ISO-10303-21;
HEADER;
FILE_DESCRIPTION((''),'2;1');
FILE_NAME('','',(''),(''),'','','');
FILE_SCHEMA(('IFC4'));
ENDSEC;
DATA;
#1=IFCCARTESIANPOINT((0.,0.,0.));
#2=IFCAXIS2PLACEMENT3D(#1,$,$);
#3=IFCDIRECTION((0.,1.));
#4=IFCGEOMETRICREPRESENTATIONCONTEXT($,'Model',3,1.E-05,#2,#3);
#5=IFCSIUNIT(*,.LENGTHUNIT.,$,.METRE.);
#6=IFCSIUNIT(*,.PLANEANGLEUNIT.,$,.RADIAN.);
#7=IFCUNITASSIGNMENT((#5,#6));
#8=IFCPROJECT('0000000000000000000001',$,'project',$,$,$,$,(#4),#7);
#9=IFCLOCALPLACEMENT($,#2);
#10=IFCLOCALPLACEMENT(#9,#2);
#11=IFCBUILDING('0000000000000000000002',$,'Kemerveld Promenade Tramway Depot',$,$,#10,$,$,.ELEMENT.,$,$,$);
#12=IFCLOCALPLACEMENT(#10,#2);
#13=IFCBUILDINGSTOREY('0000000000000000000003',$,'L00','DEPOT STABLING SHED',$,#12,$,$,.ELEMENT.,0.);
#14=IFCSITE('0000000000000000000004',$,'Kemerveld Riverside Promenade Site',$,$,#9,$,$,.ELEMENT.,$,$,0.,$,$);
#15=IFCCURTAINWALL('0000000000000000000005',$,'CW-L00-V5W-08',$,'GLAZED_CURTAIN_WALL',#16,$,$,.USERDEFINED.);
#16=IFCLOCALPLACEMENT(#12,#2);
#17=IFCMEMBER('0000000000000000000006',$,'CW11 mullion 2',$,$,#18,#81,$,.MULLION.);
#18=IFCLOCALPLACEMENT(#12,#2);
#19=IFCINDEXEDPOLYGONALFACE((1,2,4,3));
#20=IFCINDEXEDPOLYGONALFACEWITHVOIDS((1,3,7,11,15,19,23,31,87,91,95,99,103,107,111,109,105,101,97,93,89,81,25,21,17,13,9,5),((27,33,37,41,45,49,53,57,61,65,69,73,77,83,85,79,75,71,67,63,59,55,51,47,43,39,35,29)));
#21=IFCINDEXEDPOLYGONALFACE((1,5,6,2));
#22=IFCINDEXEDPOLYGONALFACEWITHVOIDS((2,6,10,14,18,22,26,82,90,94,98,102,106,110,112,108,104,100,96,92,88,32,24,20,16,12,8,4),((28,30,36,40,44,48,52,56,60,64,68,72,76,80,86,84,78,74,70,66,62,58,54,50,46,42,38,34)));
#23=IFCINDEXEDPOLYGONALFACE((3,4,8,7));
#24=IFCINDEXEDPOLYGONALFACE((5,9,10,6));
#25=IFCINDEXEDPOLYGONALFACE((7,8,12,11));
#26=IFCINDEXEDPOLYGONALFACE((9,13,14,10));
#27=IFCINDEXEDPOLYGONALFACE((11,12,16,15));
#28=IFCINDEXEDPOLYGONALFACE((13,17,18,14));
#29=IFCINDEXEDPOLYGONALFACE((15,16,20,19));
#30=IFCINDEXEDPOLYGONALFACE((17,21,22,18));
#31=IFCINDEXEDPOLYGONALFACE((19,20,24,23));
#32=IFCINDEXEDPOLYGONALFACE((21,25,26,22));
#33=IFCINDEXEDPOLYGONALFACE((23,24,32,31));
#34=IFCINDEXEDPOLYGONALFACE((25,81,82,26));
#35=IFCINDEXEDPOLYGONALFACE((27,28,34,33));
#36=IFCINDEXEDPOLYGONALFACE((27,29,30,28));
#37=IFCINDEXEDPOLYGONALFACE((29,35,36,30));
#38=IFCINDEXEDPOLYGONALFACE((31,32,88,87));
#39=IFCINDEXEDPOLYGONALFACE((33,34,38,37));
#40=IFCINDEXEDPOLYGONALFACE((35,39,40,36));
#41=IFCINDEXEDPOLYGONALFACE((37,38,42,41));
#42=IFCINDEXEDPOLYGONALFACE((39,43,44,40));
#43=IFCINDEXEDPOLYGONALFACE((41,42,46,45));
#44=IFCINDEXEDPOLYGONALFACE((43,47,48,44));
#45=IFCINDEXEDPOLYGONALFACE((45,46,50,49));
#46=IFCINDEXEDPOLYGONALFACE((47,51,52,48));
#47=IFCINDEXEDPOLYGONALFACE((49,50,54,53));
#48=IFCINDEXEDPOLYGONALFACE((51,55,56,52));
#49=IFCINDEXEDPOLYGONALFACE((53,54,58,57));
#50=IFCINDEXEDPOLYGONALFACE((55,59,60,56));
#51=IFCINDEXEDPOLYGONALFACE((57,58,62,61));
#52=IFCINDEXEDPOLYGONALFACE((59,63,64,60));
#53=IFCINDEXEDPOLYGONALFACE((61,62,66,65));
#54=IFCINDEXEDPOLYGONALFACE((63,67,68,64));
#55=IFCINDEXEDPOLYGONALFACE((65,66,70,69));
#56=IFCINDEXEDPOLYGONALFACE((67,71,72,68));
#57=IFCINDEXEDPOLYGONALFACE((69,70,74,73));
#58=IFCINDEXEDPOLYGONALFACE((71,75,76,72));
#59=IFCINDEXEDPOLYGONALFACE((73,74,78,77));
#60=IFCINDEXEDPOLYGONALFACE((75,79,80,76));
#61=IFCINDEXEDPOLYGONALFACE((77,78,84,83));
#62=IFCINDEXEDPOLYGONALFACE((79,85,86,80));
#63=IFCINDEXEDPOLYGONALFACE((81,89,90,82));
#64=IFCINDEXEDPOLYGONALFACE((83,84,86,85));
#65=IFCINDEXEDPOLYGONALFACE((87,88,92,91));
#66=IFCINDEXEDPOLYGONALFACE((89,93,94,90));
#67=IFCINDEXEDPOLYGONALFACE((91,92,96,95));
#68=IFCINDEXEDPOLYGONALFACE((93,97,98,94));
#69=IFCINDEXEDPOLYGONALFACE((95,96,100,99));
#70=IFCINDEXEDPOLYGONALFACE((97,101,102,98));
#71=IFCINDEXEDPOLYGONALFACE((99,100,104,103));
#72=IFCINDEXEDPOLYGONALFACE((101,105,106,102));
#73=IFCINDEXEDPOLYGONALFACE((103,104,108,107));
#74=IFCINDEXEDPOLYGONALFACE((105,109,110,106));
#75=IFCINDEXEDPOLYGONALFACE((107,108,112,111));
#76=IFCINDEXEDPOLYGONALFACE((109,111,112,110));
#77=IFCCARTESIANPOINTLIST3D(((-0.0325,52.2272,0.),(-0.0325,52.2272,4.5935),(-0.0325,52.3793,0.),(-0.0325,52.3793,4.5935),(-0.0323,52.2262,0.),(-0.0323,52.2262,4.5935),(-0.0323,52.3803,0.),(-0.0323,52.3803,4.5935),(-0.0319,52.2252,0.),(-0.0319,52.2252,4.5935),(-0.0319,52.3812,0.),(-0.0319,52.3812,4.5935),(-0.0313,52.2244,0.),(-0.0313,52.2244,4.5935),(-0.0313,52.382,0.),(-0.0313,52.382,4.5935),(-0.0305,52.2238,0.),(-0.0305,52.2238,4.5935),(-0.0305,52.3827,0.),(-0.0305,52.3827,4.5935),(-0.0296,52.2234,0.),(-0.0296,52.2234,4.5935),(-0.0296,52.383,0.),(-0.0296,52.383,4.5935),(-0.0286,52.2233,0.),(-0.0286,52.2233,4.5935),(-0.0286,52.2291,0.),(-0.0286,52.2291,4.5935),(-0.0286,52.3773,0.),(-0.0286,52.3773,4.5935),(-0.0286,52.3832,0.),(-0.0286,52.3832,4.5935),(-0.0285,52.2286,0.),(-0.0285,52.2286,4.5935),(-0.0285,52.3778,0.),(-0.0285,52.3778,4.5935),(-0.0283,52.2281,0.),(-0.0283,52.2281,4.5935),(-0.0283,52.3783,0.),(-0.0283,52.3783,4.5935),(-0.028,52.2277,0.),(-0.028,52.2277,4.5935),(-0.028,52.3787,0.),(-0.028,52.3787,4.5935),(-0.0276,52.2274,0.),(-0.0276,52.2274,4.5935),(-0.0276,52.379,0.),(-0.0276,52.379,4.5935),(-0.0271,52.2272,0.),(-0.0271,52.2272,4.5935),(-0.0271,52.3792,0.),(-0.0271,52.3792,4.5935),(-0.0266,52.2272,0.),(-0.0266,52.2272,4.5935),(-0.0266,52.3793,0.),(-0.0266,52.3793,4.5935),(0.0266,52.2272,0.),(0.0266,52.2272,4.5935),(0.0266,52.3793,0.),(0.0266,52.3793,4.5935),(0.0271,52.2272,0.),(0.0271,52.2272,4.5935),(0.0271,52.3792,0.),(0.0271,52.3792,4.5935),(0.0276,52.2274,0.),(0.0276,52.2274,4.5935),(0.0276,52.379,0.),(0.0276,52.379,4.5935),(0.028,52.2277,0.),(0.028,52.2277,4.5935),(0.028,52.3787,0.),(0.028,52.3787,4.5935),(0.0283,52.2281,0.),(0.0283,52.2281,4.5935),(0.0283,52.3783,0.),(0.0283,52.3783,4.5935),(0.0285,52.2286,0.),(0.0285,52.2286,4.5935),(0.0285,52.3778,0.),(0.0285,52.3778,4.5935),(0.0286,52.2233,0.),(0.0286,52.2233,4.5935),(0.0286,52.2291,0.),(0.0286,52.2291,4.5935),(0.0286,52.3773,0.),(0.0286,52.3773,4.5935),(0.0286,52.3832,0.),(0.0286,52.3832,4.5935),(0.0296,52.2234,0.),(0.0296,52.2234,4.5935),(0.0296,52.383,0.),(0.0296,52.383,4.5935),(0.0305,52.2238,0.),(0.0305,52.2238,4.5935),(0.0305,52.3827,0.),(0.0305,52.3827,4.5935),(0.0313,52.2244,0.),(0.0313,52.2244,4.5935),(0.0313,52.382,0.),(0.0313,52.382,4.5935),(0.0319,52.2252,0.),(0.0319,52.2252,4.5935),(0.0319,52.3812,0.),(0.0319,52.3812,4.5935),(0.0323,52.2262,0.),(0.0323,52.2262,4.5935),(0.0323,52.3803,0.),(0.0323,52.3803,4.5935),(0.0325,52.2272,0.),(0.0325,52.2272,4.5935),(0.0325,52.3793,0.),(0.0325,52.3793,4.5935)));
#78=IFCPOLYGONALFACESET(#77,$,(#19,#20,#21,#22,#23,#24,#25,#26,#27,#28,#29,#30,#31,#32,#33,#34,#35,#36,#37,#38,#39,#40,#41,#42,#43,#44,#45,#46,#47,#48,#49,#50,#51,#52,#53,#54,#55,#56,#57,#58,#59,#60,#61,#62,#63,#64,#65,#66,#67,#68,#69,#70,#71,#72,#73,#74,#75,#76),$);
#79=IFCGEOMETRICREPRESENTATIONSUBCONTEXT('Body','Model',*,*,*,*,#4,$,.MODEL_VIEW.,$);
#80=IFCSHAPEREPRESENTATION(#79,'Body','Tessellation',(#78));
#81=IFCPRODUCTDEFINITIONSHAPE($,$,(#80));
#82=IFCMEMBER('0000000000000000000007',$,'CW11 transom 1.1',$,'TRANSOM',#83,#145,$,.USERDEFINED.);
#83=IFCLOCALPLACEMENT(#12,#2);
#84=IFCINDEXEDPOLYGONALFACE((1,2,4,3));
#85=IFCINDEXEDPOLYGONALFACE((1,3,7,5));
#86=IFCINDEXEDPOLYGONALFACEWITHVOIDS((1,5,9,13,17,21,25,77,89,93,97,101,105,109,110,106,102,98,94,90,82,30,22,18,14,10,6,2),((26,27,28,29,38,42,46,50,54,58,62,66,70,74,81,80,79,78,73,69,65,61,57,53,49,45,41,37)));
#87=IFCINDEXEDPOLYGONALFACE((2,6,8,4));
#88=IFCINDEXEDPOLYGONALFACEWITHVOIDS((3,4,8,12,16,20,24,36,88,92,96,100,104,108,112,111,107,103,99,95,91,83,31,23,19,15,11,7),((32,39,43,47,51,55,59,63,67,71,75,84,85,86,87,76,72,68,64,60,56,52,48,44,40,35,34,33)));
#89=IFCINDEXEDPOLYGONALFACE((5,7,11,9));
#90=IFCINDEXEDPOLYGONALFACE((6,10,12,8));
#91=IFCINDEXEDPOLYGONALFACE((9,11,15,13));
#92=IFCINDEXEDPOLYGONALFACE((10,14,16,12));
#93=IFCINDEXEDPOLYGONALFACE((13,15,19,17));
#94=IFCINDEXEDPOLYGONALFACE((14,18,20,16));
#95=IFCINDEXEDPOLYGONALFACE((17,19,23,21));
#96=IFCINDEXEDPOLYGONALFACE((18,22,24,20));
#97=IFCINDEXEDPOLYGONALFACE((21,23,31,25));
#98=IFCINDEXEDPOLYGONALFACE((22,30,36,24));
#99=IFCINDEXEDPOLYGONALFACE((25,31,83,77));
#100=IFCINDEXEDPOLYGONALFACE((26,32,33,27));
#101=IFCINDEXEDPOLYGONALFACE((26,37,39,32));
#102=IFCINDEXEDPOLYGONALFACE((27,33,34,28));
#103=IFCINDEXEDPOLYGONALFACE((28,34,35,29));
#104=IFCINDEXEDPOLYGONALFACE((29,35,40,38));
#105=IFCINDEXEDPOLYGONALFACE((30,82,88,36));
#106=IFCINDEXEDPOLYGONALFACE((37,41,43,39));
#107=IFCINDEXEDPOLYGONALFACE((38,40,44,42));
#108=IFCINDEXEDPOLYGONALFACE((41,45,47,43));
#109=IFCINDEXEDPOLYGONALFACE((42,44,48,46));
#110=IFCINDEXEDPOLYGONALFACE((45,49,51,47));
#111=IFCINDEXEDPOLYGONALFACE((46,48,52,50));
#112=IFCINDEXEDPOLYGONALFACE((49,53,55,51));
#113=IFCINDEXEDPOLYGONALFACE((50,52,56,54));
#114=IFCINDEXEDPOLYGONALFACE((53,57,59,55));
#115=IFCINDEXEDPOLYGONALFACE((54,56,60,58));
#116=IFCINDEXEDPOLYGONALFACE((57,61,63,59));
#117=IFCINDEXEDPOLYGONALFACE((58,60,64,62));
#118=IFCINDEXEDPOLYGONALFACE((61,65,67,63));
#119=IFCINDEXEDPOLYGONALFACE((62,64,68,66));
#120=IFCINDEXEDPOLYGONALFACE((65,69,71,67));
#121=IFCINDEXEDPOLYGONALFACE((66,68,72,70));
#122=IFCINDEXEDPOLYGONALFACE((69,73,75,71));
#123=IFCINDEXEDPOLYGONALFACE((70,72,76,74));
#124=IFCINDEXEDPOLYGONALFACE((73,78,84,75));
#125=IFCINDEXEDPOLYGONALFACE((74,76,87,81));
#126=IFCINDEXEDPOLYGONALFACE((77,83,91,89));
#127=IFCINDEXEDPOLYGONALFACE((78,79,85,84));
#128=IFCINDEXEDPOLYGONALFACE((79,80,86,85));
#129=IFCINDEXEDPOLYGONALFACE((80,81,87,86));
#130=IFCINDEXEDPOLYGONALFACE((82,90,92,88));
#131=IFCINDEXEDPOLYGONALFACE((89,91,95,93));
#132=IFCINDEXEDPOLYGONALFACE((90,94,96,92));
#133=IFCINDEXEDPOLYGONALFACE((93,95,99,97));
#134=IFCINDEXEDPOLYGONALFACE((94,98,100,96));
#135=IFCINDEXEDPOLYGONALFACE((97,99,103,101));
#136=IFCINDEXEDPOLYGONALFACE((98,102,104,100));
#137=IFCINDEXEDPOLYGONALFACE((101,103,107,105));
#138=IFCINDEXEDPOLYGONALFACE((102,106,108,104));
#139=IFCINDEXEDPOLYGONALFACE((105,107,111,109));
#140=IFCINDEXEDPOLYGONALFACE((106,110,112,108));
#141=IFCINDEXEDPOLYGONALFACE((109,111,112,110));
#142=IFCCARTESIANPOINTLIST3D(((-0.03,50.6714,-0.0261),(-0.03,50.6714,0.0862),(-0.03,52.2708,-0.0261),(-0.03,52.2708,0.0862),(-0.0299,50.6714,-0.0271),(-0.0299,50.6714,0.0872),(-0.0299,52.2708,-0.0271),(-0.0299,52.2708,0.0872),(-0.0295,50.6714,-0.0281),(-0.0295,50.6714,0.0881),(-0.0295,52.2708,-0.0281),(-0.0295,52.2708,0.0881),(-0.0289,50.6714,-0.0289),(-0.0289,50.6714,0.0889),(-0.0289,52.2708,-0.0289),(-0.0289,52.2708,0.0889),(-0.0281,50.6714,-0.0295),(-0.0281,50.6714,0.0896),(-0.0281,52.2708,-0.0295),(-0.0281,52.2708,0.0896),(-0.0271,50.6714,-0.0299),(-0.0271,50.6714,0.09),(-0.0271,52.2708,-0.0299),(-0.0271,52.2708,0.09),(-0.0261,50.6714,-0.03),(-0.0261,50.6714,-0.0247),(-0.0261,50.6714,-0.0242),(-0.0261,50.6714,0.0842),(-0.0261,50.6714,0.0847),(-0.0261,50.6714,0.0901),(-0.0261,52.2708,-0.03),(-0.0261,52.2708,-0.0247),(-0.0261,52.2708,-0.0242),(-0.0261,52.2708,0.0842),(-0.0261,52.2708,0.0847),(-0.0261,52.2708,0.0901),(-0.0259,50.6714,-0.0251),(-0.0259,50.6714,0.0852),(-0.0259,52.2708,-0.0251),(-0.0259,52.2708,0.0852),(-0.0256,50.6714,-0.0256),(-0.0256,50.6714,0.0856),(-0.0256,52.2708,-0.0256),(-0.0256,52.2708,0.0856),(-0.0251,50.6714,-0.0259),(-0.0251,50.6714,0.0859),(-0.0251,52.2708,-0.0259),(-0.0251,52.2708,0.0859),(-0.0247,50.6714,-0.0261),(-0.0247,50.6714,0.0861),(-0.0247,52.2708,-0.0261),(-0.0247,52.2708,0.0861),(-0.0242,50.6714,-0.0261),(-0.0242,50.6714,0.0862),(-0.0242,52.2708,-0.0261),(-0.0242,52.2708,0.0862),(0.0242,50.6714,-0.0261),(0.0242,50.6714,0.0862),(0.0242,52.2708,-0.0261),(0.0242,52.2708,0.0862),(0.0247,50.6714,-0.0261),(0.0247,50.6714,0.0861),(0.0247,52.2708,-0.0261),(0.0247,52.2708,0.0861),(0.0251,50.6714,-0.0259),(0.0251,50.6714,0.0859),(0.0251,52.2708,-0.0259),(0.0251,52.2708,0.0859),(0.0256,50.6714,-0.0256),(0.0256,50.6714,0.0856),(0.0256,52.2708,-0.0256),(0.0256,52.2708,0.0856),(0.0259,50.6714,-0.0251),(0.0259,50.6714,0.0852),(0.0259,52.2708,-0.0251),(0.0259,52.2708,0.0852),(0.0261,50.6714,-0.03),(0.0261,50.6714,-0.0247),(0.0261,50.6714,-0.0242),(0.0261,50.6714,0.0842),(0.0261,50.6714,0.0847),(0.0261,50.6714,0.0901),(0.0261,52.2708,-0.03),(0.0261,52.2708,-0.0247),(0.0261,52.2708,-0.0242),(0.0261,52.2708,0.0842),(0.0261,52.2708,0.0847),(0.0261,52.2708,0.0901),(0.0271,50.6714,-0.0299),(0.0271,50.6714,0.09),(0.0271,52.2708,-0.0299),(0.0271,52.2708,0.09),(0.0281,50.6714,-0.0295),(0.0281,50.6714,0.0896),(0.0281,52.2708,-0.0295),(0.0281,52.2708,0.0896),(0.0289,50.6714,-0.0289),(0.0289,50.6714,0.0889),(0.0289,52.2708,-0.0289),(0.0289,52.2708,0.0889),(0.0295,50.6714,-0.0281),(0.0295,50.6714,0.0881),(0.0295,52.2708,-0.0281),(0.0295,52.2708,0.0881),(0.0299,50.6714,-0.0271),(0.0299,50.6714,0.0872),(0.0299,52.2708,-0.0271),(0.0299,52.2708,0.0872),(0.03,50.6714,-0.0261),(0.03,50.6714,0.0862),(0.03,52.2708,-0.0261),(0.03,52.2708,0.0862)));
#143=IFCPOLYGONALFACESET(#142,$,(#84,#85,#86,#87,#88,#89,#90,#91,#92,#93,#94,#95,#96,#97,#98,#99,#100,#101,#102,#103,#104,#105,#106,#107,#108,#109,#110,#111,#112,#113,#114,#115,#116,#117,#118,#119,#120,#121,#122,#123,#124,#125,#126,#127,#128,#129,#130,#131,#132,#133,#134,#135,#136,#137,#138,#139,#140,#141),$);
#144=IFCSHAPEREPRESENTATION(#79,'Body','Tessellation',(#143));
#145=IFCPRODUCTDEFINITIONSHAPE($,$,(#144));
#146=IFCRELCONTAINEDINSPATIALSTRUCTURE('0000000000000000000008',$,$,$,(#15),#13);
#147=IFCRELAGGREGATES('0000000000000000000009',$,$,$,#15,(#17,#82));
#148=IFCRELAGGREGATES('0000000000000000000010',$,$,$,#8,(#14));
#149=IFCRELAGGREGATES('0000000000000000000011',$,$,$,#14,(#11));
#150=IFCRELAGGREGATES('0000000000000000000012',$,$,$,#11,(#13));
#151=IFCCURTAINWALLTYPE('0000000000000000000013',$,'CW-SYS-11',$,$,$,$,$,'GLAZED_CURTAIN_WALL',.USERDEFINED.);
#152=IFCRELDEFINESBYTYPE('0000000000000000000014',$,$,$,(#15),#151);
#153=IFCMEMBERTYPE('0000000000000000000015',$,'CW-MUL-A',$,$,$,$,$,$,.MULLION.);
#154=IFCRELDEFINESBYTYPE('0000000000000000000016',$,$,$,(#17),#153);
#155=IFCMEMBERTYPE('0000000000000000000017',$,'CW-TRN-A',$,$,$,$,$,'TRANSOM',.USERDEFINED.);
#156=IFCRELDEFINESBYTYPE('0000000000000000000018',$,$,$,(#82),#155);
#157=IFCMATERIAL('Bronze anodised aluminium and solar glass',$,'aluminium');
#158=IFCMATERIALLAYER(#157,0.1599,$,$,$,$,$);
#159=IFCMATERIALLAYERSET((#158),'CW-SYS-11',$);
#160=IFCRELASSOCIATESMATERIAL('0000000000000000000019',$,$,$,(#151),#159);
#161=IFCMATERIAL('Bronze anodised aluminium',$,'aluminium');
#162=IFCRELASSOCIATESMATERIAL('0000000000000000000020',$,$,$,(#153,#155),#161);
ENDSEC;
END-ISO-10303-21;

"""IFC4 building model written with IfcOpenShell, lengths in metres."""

from ifc_helpers import new_model, si_unit, direction, frame, origin, origin_2d, place, context, subcontext, project, spatial, hollow_rectangle, extrude, material, layer, layer_set, material_profile, profile_set, type_object, element, aggregate, save


model = new_model("IFC4")

# Units and contexts
model_context = context("Model", 3, precision=1e-05, world=origin(), true_north=direction((0.0, 1.0)))
body_context = subcontext(model_context, "Body", "Model", "MODEL_VIEW")
ifc_project = project(units=[si_unit("LENGTHUNIT", "METRE"), si_unit("PLANEANGLEUNIT", "RADIAN")], contexts=[model_context])

# Site, building, storey
site_placement = place(None, origin())
site = spatial("IfcSite", under=ifc_project, at=site_placement, Name="Kemerveld Riverside Promenade Site", CompositionType="ELEMENT", RefElevation=0.0)
building_placement = place(site_placement, origin())
building = spatial("IfcBuilding", under=site, at=building_placement, Name="Kemerveld Promenade Tramway Depot", CompositionType="ELEMENT")
storey_placement = place(building_placement, origin())
storey = spatial("IfcBuildingStorey", under=building, at=storey_placement, Name="L00", Description="DEPOT STABLING SHED", CompositionType="ELEMENT", Elevation=0.0)

# Curtain wall, members
ifc_material_1 = material(Name="Bronze anodised aluminium and solar glass", Category="aluminium")
ifc_layer_1 = layer(ifc_material_1, 0.1599)
ifc_layer_set_1 = layer_set([ifc_layer_1], Name="CW-SYS-11")
curtain_wall_type = type_object("IfcCurtainWallType", Name="CW-SYS-11", ElementType="GLAZED_CURTAIN_WALL", PredefinedType="USERDEFINED", material=ifc_layer_set_1)
curtain_wall_placement = place(storey_placement, origin())
curtain_wall = element("IfcCurtainWall", 1, at=curtain_wall_placement, inside=storey, type_object=curtain_wall_type, Name="CW-L00-V5W-08", ObjectType="GLAZED_CURTAIN_WALL", PredefinedType="USERDEFINED")
ifc_material_2 = material(Name="Bronze anodised aluminium", Category="aluminium")
ifc_material_profile_1 = material_profile(ifc_material_2, hollow_rectangle(XDim=0.0649, YDim=0.1599, WallThickness=0.0039, InnerFilletRadius=0.002, OuterFilletRadius=0.0039, at=origin_2d()), Name="CW-MUL-160x65")
ifc_profile_set_1 = profile_set([ifc_material_profile_1], Name="Bronze anodised aluminium")
member_type_1 = type_object("IfcMemberType", Name="CW-MUL-A", PredefinedType="MULLION", material=ifc_profile_set_1)
member_1_placement = place(storey_placement, frame((0.0, 52.3032, 0.0), z_axis=(0.0, 0.0, 1.0), x_axis=(-1.0, 0.0, 0.0)))
member_1 = element("IfcMember", 2, at=member_1_placement, type_object=member_type_1, Name="CW11 mullion 2", PredefinedType="MULLION", context=body_context, shape_type="SweptSolid", body=[
    extrude(hollow_rectangle(XDim=0.0649, YDim=0.1599, WallThickness=0.0039, InnerFilletRadius=0.002, OuterFilletRadius=0.0039, at=origin_2d()), origin(), (0.0, 0.0, 1.0), 4.5935),
])
ifc_material_profile_2 = material_profile(ifc_material_2, hollow_rectangle(XDim=0.0601, YDim=0.1201, WallThickness=0.0039, InnerFilletRadius=0.002, OuterFilletRadius=0.0039, at=origin_2d()), Name="CW-TRN-120x60")
ifc_profile_set_2 = profile_set([ifc_material_profile_2], Name="Bronze anodised aluminium")
member_type_2 = type_object("IfcMemberType", Name="CW-TRN-A", ElementType="TRANSOM", PredefinedType="USERDEFINED", material=ifc_profile_set_2)
member_2_placement = place(storey_placement, frame((0.0, 50.6714, 0.03), z_axis=(0.0, 1.0, 0.0), x_axis=(-1.0, 0.0, 0.0)))
member_2 = element("IfcMember", 3, at=member_2_placement, type_object=member_type_2, Name="CW11 transom 1.1", ObjectType="TRANSOM", PredefinedType="USERDEFINED", context=body_context, shape_type="SweptSolid", body=[
    extrude(hollow_rectangle(XDim=0.0601, YDim=0.1201, WallThickness=0.0039, InnerFilletRadius=0.002, OuterFilletRadius=0.0039, at=origin_2d()), origin(), (0.0, 0.0, 1.0), 1.5994),
])
aggregate(curtain_wall, [member_1, member_2])

save(model, "model.ifc")
